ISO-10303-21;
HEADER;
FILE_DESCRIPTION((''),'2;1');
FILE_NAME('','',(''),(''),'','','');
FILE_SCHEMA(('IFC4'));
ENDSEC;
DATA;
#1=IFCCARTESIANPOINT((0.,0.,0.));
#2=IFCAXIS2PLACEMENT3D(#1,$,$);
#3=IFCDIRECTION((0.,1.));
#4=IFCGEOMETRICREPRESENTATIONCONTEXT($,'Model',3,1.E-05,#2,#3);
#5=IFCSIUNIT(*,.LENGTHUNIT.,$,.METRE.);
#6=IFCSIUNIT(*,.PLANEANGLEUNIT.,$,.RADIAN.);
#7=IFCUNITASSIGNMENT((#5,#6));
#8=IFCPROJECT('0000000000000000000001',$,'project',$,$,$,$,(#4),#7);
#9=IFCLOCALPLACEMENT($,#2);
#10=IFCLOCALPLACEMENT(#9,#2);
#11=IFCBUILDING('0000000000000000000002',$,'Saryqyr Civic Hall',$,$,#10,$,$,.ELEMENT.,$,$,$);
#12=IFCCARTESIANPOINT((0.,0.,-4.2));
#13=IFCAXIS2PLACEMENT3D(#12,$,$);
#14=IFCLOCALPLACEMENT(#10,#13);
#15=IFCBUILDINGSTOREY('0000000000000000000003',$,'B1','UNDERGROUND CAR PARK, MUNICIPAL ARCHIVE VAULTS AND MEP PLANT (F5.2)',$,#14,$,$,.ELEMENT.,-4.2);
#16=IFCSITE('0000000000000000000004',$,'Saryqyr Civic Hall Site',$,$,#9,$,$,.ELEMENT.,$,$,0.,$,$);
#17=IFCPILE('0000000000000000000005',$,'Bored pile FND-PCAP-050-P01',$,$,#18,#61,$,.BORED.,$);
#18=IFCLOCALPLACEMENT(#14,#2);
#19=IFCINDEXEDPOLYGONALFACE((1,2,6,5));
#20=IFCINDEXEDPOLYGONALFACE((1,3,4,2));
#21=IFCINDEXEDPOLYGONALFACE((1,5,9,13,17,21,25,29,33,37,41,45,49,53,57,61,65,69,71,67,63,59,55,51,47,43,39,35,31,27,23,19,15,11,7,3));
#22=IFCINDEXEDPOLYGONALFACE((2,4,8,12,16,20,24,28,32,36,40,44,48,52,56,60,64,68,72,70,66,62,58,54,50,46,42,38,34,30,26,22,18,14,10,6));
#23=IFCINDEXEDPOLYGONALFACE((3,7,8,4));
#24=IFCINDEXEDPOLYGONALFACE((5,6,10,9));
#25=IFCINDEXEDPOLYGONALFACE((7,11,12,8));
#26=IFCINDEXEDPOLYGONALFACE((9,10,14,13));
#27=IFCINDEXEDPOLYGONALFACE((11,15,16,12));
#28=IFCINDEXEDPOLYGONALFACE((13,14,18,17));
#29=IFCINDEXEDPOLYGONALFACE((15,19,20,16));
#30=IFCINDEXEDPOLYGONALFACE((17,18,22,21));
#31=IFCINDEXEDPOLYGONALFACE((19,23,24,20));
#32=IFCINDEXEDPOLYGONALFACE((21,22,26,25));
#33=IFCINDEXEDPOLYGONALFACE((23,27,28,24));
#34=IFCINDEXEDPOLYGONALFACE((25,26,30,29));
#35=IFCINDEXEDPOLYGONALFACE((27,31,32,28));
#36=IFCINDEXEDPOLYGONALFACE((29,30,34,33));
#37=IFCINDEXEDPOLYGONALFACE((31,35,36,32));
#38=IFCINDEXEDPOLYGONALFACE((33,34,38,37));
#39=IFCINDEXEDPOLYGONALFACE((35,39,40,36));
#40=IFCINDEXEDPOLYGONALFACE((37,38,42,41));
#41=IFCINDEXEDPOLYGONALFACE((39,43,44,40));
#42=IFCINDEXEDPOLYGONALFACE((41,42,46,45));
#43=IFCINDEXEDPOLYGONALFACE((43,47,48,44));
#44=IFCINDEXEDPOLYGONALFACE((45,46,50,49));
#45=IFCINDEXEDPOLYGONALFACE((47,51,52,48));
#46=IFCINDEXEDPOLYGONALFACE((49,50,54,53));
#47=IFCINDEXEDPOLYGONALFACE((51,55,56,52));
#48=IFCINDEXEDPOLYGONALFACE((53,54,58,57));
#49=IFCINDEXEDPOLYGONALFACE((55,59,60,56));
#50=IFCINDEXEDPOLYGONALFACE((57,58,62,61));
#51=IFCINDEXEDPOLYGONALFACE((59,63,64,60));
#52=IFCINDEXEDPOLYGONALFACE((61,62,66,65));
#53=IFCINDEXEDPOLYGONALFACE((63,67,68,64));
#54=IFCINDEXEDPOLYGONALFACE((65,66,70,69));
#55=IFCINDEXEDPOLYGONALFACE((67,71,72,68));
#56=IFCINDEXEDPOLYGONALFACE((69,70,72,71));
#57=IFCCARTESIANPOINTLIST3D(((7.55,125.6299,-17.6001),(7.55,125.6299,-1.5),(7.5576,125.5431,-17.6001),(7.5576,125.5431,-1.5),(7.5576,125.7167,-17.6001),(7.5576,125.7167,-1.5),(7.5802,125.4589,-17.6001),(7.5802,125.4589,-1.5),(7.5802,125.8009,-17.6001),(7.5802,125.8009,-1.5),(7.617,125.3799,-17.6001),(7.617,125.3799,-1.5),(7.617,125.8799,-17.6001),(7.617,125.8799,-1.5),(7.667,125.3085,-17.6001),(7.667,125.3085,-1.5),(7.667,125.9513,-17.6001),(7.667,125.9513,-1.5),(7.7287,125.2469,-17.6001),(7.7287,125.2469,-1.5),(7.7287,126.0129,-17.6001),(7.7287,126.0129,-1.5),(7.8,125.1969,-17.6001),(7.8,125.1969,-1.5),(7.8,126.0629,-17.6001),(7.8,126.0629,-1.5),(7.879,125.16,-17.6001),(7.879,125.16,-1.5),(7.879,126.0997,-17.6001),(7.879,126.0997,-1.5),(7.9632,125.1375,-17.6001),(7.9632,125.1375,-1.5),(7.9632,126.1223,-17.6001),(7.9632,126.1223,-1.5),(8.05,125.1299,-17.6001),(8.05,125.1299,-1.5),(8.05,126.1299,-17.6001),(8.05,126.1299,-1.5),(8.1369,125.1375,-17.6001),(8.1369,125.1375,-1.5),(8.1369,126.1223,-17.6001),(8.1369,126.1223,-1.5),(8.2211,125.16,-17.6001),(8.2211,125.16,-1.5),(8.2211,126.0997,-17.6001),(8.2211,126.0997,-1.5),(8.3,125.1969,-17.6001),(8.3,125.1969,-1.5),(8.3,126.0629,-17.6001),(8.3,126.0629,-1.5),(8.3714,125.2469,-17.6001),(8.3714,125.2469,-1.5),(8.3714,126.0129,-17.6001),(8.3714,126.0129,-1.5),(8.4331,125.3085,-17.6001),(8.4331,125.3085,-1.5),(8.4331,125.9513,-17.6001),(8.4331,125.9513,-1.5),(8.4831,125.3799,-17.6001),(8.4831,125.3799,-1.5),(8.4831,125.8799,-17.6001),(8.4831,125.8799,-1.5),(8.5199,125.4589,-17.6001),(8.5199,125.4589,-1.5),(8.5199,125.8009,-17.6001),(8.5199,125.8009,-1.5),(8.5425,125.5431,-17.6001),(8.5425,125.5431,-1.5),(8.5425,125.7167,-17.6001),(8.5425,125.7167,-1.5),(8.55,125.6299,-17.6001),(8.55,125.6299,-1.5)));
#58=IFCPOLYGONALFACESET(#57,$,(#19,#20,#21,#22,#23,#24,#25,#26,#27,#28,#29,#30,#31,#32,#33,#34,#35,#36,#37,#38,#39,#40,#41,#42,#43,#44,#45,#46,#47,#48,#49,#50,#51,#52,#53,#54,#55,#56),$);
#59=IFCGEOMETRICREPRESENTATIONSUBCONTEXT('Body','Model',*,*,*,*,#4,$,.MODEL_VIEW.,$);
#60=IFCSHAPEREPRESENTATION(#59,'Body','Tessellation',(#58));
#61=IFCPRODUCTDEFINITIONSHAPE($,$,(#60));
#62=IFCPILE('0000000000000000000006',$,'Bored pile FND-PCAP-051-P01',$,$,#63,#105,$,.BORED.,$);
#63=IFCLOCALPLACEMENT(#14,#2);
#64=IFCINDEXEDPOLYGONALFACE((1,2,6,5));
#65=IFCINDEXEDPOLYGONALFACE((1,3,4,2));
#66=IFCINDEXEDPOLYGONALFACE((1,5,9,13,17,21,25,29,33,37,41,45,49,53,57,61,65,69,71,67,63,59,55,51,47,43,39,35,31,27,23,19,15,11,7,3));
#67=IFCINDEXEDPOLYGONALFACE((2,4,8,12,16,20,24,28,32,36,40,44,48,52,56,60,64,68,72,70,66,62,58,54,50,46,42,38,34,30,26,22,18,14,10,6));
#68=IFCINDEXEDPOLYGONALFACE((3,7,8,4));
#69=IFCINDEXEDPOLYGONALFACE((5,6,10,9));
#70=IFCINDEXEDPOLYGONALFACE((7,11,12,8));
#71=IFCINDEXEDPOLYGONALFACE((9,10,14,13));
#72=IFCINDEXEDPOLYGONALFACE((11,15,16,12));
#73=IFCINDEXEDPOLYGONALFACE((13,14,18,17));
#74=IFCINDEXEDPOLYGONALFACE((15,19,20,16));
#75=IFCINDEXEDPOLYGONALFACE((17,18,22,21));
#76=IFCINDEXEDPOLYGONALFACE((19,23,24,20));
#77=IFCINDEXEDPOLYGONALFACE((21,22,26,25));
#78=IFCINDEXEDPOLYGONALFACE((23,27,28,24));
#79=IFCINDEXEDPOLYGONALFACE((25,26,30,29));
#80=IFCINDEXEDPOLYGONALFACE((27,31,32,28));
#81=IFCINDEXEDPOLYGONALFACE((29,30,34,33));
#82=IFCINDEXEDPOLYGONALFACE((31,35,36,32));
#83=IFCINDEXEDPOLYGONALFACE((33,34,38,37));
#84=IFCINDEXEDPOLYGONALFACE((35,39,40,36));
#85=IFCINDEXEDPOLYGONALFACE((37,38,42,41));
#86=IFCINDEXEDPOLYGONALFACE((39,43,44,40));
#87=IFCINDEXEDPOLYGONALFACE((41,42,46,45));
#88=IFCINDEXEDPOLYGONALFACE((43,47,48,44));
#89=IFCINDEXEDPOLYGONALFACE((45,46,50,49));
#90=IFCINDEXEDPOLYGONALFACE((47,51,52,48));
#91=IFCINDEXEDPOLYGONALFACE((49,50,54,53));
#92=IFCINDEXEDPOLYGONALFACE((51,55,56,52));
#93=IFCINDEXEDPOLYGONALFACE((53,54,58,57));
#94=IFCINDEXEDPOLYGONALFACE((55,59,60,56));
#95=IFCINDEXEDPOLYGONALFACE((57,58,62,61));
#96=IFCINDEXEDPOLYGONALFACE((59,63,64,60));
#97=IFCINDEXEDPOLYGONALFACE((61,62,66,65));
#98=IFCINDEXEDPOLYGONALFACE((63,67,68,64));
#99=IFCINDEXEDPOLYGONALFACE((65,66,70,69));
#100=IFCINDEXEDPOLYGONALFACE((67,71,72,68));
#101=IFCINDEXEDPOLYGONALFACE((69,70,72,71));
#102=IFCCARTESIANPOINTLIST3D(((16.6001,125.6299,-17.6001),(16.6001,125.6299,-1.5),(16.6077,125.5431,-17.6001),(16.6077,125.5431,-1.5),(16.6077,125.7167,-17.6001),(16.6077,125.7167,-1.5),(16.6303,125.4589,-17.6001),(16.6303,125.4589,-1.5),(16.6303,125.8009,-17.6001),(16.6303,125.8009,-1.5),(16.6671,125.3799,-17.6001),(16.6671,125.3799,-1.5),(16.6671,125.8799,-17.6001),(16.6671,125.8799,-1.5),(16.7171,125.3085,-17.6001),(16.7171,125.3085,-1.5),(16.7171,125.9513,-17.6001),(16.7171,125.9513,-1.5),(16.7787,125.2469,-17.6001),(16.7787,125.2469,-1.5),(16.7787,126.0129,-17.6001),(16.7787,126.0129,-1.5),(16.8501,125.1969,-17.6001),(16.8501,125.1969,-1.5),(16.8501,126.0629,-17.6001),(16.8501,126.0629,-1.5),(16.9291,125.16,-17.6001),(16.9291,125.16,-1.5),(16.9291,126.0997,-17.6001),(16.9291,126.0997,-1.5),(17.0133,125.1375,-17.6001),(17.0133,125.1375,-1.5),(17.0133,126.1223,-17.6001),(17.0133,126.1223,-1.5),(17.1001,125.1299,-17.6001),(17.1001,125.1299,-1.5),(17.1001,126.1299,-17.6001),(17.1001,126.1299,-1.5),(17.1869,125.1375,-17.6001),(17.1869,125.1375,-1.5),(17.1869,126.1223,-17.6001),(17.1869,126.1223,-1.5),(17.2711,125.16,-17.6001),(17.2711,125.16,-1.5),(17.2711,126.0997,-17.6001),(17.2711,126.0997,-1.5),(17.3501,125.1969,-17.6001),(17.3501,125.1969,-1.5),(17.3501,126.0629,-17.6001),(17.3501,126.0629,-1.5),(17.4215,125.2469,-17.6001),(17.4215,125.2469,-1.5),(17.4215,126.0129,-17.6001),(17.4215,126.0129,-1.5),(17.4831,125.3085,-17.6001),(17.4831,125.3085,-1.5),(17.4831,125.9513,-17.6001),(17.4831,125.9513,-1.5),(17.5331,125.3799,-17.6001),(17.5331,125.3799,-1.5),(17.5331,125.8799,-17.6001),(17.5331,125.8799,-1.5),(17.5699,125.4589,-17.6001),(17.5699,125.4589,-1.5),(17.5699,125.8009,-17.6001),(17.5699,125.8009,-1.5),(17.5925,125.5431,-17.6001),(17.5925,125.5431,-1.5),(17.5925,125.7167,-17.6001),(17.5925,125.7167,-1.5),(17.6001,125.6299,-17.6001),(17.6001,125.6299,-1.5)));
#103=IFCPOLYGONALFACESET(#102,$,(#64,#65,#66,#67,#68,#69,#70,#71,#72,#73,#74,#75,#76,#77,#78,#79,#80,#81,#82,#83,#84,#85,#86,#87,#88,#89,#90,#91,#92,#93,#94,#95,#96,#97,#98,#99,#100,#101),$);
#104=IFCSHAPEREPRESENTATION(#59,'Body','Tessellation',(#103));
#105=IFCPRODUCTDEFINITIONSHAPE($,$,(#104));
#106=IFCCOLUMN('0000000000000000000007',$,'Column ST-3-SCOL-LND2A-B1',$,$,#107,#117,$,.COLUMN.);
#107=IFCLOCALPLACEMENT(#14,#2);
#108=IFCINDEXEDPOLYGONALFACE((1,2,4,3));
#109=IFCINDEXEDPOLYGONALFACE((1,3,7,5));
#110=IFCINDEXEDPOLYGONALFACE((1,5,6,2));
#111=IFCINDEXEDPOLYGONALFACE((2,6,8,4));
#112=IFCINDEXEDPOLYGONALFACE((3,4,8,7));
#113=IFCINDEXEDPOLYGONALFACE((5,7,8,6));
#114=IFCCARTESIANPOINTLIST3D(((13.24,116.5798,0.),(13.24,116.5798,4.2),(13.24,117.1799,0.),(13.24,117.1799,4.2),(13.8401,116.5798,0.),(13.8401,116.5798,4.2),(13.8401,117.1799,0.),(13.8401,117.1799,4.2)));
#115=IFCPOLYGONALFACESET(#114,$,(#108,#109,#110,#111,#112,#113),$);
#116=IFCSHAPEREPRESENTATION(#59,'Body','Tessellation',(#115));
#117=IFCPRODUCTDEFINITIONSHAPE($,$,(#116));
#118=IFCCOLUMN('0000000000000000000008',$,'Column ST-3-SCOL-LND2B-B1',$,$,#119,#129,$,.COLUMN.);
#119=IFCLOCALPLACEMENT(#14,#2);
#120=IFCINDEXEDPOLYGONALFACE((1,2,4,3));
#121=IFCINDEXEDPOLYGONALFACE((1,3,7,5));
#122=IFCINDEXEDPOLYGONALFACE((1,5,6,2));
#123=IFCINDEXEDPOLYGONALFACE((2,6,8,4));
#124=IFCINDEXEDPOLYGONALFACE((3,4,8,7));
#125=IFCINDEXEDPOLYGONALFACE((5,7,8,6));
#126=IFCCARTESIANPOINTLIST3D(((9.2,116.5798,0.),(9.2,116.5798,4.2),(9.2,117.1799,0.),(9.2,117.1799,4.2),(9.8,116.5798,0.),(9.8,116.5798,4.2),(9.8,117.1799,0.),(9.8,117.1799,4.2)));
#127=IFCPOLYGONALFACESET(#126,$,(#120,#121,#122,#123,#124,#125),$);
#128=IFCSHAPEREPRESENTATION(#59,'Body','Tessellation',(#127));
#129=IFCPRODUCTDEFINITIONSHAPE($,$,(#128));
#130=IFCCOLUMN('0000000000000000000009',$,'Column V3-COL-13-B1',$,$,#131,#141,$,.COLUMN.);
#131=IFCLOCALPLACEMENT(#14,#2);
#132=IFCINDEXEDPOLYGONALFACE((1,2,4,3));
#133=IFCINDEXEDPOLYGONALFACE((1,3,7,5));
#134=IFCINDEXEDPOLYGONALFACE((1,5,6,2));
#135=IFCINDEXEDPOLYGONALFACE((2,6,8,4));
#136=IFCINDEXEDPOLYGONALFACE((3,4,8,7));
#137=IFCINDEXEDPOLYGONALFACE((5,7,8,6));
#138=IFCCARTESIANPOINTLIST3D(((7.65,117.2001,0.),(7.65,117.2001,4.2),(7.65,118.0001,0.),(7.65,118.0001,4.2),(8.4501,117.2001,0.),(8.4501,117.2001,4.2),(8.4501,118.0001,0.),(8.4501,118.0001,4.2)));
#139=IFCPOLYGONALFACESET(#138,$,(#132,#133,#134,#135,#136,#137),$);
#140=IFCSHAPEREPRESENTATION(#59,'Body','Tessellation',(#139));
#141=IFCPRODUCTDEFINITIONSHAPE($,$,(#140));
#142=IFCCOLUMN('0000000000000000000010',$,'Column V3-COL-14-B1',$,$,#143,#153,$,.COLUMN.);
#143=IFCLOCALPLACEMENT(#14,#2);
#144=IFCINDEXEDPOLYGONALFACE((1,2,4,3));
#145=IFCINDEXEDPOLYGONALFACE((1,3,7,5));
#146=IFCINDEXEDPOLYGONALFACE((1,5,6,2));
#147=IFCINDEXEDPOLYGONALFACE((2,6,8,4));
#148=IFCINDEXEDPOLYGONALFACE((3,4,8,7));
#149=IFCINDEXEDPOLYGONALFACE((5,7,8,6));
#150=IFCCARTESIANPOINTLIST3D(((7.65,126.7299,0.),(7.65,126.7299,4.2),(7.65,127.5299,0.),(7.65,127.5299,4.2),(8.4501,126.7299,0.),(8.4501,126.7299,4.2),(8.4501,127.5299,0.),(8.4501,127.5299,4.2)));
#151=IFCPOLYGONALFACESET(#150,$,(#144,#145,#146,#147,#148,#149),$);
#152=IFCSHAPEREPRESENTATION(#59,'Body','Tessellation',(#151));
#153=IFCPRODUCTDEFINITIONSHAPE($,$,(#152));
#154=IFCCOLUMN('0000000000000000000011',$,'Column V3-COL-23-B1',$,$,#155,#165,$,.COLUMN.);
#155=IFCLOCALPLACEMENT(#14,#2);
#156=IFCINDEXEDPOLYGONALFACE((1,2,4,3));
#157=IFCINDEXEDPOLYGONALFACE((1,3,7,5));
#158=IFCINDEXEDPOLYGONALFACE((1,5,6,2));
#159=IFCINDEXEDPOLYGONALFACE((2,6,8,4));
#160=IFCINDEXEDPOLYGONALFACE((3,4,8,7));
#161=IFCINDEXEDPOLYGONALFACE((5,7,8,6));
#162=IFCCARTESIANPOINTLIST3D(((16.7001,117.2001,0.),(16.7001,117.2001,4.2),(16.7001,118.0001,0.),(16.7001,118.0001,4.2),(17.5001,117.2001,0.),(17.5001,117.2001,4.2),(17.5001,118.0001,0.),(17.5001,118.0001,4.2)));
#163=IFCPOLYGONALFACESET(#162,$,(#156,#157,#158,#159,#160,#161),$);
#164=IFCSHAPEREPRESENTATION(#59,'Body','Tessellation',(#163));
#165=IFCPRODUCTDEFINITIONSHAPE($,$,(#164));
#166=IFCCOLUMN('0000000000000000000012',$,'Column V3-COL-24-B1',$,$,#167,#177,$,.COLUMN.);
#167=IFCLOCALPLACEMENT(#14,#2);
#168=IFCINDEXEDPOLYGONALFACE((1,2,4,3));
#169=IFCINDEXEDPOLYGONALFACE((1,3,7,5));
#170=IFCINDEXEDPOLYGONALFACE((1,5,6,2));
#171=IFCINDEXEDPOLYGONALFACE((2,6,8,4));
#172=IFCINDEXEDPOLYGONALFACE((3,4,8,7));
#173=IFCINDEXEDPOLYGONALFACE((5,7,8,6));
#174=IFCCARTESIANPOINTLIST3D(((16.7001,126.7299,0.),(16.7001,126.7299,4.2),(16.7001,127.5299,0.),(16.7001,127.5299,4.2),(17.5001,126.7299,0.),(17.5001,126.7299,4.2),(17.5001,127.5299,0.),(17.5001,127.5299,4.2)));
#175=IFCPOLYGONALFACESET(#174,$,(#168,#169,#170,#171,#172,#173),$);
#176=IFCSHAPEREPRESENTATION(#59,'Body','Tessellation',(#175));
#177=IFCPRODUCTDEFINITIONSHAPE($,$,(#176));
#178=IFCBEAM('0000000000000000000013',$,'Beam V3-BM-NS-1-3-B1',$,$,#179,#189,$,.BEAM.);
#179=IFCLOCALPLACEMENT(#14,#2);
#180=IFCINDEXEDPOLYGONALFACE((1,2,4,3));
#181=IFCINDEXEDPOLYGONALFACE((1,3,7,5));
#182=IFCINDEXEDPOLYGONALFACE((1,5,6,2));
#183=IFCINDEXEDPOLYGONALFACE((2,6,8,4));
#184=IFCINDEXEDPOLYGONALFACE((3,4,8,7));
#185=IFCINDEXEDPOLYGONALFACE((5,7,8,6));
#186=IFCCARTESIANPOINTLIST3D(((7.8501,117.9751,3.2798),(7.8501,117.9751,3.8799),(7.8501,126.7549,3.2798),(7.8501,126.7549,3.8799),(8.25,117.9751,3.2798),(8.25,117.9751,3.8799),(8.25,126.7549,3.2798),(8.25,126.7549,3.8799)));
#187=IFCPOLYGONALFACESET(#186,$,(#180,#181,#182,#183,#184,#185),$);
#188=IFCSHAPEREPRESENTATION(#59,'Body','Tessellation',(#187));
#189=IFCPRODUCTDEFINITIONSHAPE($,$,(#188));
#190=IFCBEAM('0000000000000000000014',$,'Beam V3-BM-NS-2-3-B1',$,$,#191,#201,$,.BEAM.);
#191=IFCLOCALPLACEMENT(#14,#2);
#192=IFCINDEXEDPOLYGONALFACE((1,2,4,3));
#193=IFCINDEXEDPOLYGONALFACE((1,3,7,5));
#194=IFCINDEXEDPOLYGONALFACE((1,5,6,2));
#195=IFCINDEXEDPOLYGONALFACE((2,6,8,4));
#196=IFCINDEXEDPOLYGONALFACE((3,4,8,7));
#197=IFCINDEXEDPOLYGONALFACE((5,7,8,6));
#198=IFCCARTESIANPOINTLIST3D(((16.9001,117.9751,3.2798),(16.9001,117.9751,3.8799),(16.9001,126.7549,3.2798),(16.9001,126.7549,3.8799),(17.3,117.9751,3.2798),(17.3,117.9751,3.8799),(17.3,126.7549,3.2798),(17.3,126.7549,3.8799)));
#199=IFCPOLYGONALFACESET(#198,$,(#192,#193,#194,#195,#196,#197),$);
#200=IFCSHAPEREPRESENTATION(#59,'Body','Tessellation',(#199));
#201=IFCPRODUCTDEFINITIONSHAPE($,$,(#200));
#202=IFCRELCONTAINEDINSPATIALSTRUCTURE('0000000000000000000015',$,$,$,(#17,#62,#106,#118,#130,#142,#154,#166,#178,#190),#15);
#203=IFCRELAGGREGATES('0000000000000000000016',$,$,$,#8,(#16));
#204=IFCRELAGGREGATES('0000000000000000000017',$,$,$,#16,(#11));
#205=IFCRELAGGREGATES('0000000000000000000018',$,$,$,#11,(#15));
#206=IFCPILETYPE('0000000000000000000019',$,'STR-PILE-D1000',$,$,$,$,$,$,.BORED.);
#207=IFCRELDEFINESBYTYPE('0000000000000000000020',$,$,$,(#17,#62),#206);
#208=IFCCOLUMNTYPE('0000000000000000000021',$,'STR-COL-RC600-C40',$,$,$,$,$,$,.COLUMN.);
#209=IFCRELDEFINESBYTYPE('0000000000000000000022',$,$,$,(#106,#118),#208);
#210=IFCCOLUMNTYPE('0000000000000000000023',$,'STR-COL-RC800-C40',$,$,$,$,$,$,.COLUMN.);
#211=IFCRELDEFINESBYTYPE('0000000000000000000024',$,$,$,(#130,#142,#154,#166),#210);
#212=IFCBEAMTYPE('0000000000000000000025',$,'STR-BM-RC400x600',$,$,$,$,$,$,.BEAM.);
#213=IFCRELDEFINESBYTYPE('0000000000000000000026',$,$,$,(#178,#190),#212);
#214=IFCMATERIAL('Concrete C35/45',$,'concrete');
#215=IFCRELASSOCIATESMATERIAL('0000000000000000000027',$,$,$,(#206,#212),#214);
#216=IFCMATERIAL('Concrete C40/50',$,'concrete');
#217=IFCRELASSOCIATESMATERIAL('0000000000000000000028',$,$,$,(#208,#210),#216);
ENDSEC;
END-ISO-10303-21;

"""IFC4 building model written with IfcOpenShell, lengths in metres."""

from ifc_helpers import new_model, si_unit, direction, frame, origin, origin_2d, place, context, subcontext, project, spatial, rectangle, circle, extrude, material, material_profile, profile_set, type_object, element, save


model = new_model("IFC4")

# Units and contexts
model_context = context("Model", 3, precision=1e-05, world=origin(), true_north=direction((0.0, 1.0)))
body_context = subcontext(model_context, "Body", "Model", "MODEL_VIEW")
ifc_project = project(units=[si_unit("LENGTHUNIT", "METRE"), si_unit("PLANEANGLEUNIT", "RADIAN")], contexts=[model_context])

# Site, building, storey
site_placement = place(None, origin())
site = spatial("IfcSite", under=ifc_project, at=site_placement, Name="Saryqyr Civic Hall Site", CompositionType="ELEMENT", RefElevation=0.0)
building_placement = place(site_placement, origin())
building = spatial("IfcBuilding", under=site, at=building_placement, Name="Saryqyr Civic Hall", CompositionType="ELEMENT")
storey_placement = place(building_placement, frame((0.0, 0.0, -4.2)))
storey = spatial("IfcBuildingStorey", under=building, at=storey_placement, Name="B1", Description="UNDERGROUND CAR PARK, MUNICIPAL ARCHIVE VAULTS AND MEP PLANT (F5.2)", CompositionType="ELEMENT", Elevation=-4.2)

# Shared definitions
ifc_material_1 = material(Name="Concrete C35/45", Category="concrete")

# Piles
ifc_material_profile_1 = material_profile(ifc_material_1, circle(Radius=0.5, at=origin_2d()), Name="BORED PILE D1000")
ifc_profile_set_1 = profile_set([ifc_material_profile_1], Name="Concrete C35/45")
pile_type = type_object("IfcPileType", Name="STR-PILE-D1000", PredefinedType="BORED", material=ifc_profile_set_1)
for number, where, z_axis, x_axis, name in (
    (1, (8.05, 125.6299, -1.5), (0.0, 0.0, -1.0), (1.0, 0.0, 0.0), "Bored pile FND-PCAP-050-P01"),
    (2, (17.1001, 125.6299, -1.5), (0.0, 0.0, -1.0), (1.0, 0.0, 0.0), "Bored pile FND-PCAP-051-P01"),
):
    element("IfcPile", number, at=place(storey_placement, frame(where, z_axis=z_axis, x_axis=x_axis)), inside=storey, type_object=pile_type, Name=name, PredefinedType="BORED", context=body_context, shape_type="SweptSolid", body=[
        extrude(circle(Radius=0.5, at=origin_2d()), origin(), (0.0, 0.0, 1.0), 16.1001),
    ])

# Columns
ifc_material_2 = material(Name="Concrete C40/50", Category="concrete")
ifc_material_profile_2 = material_profile(ifc_material_2, rectangle(XDim=0.6001, YDim=0.6001, at=origin_2d()), Name="RC 600x600")
ifc_profile_set_2 = profile_set([ifc_material_profile_2], Name="Concrete C40/50")
column_type_1 = type_object("IfcColumnType", Name="STR-COL-RC600-C40", PredefinedType="COLUMN", material=ifc_profile_set_2)
for number, where, z_axis, x_axis, name in (
    (3, (13.54, 116.8799, 0.0), (0.0, 0.0, 1.0), (1.0, 0.0, 0.0), "Column ST-3-SCOL-LND2A-B1"),
    (4, (9.5, 116.8799, 0.0), (0.0, 0.0, 1.0), (1.0, 0.0, 0.0), "Column ST-3-SCOL-LND2B-B1"),
):
    element("IfcColumn", number, at=place(storey_placement, frame(where, z_axis=z_axis, x_axis=x_axis)), inside=storey, type_object=column_type_1, Name=name, PredefinedType="COLUMN", context=body_context, shape_type="SweptSolid", body=[
        extrude(rectangle(XDim=0.6001, YDim=0.6001, at=origin_2d()), origin(), (0.0, 0.0, 1.0), 4.2),
    ])
ifc_material_profile_3 = material_profile(ifc_material_2, rectangle(XDim=0.8, YDim=0.8, at=origin_2d()), Name="RC 800x800")
ifc_profile_set_3 = profile_set([ifc_material_profile_3], Name="Concrete C40/50")
column_type_2 = type_object("IfcColumnType", Name="STR-COL-RC800-C40", PredefinedType="COLUMN", material=ifc_profile_set_3)
for number, where, z_axis, x_axis, name in (
    (5, (8.05, 117.6001, 0.0), (0.0, 0.0, 1.0), (1.0, 0.0, 0.0), "Column V3-COL-13-B1"),
    (6, (8.05, 127.1299, 0.0), (0.0, 0.0, 1.0), (1.0, 0.0, 0.0), "Column V3-COL-14-B1"),
    (7, (17.1001, 117.6001, 0.0), (0.0, 0.0, 1.0), (1.0, 0.0, 0.0), "Column V3-COL-23-B1"),
    (8, (17.1001, 127.1299, 0.0), (0.0, 0.0, 1.0), (1.0, 0.0, 0.0), "Column V3-COL-24-B1"),
):
    element("IfcColumn", number, at=place(storey_placement, frame(where, z_axis=z_axis, x_axis=x_axis)), inside=storey, type_object=column_type_2, Name=name, PredefinedType="COLUMN", context=body_context, shape_type="SweptSolid", body=[
        extrude(rectangle(XDim=0.8, YDim=0.8, at=origin_2d()), origin(), (0.0, 0.0, 1.0), 4.2),
    ])

# Beams
ifc_material_profile_4 = material_profile(ifc_material_1, rectangle(XDim=0.3999, YDim=0.6001, at=origin_2d()), Name="RC 400x600")
ifc_profile_set_4 = profile_set([ifc_material_profile_4], Name="Concrete C35/45")
beam_type_1 = type_object("IfcBeamType", Name="STR-BM-RC400x600", PredefinedType="BEAM", material=ifc_profile_set_4)
for number, where, z_axis, x_axis, name in (
    (9, (8.05, 117.9751, 3.5798), (0.0, 1.0, 0.0), (-1.0, 0.0, 0.0), "Beam V3-BM-NS-1-3-B1"),
    (10, (17.1001, 117.9751, 3.5798), (0.0, 1.0, 0.0), (-1.0, 0.0, 0.0), "Beam V3-BM-NS-2-3-B1"),
):
    element("IfcBeam", number, at=place(storey_placement, frame(where, z_axis=z_axis, x_axis=x_axis)), inside=storey, type_object=beam_type_1, Name=name, PredefinedType="BEAM", context=body_context, shape_type="SweptSolid", body=[
        extrude(rectangle(XDim=0.3999, YDim=0.6001, at=origin_2d()), origin(), (0.0, 0.0, 1.0), 8.7798),
    ])

save(model, "model.ifc")
